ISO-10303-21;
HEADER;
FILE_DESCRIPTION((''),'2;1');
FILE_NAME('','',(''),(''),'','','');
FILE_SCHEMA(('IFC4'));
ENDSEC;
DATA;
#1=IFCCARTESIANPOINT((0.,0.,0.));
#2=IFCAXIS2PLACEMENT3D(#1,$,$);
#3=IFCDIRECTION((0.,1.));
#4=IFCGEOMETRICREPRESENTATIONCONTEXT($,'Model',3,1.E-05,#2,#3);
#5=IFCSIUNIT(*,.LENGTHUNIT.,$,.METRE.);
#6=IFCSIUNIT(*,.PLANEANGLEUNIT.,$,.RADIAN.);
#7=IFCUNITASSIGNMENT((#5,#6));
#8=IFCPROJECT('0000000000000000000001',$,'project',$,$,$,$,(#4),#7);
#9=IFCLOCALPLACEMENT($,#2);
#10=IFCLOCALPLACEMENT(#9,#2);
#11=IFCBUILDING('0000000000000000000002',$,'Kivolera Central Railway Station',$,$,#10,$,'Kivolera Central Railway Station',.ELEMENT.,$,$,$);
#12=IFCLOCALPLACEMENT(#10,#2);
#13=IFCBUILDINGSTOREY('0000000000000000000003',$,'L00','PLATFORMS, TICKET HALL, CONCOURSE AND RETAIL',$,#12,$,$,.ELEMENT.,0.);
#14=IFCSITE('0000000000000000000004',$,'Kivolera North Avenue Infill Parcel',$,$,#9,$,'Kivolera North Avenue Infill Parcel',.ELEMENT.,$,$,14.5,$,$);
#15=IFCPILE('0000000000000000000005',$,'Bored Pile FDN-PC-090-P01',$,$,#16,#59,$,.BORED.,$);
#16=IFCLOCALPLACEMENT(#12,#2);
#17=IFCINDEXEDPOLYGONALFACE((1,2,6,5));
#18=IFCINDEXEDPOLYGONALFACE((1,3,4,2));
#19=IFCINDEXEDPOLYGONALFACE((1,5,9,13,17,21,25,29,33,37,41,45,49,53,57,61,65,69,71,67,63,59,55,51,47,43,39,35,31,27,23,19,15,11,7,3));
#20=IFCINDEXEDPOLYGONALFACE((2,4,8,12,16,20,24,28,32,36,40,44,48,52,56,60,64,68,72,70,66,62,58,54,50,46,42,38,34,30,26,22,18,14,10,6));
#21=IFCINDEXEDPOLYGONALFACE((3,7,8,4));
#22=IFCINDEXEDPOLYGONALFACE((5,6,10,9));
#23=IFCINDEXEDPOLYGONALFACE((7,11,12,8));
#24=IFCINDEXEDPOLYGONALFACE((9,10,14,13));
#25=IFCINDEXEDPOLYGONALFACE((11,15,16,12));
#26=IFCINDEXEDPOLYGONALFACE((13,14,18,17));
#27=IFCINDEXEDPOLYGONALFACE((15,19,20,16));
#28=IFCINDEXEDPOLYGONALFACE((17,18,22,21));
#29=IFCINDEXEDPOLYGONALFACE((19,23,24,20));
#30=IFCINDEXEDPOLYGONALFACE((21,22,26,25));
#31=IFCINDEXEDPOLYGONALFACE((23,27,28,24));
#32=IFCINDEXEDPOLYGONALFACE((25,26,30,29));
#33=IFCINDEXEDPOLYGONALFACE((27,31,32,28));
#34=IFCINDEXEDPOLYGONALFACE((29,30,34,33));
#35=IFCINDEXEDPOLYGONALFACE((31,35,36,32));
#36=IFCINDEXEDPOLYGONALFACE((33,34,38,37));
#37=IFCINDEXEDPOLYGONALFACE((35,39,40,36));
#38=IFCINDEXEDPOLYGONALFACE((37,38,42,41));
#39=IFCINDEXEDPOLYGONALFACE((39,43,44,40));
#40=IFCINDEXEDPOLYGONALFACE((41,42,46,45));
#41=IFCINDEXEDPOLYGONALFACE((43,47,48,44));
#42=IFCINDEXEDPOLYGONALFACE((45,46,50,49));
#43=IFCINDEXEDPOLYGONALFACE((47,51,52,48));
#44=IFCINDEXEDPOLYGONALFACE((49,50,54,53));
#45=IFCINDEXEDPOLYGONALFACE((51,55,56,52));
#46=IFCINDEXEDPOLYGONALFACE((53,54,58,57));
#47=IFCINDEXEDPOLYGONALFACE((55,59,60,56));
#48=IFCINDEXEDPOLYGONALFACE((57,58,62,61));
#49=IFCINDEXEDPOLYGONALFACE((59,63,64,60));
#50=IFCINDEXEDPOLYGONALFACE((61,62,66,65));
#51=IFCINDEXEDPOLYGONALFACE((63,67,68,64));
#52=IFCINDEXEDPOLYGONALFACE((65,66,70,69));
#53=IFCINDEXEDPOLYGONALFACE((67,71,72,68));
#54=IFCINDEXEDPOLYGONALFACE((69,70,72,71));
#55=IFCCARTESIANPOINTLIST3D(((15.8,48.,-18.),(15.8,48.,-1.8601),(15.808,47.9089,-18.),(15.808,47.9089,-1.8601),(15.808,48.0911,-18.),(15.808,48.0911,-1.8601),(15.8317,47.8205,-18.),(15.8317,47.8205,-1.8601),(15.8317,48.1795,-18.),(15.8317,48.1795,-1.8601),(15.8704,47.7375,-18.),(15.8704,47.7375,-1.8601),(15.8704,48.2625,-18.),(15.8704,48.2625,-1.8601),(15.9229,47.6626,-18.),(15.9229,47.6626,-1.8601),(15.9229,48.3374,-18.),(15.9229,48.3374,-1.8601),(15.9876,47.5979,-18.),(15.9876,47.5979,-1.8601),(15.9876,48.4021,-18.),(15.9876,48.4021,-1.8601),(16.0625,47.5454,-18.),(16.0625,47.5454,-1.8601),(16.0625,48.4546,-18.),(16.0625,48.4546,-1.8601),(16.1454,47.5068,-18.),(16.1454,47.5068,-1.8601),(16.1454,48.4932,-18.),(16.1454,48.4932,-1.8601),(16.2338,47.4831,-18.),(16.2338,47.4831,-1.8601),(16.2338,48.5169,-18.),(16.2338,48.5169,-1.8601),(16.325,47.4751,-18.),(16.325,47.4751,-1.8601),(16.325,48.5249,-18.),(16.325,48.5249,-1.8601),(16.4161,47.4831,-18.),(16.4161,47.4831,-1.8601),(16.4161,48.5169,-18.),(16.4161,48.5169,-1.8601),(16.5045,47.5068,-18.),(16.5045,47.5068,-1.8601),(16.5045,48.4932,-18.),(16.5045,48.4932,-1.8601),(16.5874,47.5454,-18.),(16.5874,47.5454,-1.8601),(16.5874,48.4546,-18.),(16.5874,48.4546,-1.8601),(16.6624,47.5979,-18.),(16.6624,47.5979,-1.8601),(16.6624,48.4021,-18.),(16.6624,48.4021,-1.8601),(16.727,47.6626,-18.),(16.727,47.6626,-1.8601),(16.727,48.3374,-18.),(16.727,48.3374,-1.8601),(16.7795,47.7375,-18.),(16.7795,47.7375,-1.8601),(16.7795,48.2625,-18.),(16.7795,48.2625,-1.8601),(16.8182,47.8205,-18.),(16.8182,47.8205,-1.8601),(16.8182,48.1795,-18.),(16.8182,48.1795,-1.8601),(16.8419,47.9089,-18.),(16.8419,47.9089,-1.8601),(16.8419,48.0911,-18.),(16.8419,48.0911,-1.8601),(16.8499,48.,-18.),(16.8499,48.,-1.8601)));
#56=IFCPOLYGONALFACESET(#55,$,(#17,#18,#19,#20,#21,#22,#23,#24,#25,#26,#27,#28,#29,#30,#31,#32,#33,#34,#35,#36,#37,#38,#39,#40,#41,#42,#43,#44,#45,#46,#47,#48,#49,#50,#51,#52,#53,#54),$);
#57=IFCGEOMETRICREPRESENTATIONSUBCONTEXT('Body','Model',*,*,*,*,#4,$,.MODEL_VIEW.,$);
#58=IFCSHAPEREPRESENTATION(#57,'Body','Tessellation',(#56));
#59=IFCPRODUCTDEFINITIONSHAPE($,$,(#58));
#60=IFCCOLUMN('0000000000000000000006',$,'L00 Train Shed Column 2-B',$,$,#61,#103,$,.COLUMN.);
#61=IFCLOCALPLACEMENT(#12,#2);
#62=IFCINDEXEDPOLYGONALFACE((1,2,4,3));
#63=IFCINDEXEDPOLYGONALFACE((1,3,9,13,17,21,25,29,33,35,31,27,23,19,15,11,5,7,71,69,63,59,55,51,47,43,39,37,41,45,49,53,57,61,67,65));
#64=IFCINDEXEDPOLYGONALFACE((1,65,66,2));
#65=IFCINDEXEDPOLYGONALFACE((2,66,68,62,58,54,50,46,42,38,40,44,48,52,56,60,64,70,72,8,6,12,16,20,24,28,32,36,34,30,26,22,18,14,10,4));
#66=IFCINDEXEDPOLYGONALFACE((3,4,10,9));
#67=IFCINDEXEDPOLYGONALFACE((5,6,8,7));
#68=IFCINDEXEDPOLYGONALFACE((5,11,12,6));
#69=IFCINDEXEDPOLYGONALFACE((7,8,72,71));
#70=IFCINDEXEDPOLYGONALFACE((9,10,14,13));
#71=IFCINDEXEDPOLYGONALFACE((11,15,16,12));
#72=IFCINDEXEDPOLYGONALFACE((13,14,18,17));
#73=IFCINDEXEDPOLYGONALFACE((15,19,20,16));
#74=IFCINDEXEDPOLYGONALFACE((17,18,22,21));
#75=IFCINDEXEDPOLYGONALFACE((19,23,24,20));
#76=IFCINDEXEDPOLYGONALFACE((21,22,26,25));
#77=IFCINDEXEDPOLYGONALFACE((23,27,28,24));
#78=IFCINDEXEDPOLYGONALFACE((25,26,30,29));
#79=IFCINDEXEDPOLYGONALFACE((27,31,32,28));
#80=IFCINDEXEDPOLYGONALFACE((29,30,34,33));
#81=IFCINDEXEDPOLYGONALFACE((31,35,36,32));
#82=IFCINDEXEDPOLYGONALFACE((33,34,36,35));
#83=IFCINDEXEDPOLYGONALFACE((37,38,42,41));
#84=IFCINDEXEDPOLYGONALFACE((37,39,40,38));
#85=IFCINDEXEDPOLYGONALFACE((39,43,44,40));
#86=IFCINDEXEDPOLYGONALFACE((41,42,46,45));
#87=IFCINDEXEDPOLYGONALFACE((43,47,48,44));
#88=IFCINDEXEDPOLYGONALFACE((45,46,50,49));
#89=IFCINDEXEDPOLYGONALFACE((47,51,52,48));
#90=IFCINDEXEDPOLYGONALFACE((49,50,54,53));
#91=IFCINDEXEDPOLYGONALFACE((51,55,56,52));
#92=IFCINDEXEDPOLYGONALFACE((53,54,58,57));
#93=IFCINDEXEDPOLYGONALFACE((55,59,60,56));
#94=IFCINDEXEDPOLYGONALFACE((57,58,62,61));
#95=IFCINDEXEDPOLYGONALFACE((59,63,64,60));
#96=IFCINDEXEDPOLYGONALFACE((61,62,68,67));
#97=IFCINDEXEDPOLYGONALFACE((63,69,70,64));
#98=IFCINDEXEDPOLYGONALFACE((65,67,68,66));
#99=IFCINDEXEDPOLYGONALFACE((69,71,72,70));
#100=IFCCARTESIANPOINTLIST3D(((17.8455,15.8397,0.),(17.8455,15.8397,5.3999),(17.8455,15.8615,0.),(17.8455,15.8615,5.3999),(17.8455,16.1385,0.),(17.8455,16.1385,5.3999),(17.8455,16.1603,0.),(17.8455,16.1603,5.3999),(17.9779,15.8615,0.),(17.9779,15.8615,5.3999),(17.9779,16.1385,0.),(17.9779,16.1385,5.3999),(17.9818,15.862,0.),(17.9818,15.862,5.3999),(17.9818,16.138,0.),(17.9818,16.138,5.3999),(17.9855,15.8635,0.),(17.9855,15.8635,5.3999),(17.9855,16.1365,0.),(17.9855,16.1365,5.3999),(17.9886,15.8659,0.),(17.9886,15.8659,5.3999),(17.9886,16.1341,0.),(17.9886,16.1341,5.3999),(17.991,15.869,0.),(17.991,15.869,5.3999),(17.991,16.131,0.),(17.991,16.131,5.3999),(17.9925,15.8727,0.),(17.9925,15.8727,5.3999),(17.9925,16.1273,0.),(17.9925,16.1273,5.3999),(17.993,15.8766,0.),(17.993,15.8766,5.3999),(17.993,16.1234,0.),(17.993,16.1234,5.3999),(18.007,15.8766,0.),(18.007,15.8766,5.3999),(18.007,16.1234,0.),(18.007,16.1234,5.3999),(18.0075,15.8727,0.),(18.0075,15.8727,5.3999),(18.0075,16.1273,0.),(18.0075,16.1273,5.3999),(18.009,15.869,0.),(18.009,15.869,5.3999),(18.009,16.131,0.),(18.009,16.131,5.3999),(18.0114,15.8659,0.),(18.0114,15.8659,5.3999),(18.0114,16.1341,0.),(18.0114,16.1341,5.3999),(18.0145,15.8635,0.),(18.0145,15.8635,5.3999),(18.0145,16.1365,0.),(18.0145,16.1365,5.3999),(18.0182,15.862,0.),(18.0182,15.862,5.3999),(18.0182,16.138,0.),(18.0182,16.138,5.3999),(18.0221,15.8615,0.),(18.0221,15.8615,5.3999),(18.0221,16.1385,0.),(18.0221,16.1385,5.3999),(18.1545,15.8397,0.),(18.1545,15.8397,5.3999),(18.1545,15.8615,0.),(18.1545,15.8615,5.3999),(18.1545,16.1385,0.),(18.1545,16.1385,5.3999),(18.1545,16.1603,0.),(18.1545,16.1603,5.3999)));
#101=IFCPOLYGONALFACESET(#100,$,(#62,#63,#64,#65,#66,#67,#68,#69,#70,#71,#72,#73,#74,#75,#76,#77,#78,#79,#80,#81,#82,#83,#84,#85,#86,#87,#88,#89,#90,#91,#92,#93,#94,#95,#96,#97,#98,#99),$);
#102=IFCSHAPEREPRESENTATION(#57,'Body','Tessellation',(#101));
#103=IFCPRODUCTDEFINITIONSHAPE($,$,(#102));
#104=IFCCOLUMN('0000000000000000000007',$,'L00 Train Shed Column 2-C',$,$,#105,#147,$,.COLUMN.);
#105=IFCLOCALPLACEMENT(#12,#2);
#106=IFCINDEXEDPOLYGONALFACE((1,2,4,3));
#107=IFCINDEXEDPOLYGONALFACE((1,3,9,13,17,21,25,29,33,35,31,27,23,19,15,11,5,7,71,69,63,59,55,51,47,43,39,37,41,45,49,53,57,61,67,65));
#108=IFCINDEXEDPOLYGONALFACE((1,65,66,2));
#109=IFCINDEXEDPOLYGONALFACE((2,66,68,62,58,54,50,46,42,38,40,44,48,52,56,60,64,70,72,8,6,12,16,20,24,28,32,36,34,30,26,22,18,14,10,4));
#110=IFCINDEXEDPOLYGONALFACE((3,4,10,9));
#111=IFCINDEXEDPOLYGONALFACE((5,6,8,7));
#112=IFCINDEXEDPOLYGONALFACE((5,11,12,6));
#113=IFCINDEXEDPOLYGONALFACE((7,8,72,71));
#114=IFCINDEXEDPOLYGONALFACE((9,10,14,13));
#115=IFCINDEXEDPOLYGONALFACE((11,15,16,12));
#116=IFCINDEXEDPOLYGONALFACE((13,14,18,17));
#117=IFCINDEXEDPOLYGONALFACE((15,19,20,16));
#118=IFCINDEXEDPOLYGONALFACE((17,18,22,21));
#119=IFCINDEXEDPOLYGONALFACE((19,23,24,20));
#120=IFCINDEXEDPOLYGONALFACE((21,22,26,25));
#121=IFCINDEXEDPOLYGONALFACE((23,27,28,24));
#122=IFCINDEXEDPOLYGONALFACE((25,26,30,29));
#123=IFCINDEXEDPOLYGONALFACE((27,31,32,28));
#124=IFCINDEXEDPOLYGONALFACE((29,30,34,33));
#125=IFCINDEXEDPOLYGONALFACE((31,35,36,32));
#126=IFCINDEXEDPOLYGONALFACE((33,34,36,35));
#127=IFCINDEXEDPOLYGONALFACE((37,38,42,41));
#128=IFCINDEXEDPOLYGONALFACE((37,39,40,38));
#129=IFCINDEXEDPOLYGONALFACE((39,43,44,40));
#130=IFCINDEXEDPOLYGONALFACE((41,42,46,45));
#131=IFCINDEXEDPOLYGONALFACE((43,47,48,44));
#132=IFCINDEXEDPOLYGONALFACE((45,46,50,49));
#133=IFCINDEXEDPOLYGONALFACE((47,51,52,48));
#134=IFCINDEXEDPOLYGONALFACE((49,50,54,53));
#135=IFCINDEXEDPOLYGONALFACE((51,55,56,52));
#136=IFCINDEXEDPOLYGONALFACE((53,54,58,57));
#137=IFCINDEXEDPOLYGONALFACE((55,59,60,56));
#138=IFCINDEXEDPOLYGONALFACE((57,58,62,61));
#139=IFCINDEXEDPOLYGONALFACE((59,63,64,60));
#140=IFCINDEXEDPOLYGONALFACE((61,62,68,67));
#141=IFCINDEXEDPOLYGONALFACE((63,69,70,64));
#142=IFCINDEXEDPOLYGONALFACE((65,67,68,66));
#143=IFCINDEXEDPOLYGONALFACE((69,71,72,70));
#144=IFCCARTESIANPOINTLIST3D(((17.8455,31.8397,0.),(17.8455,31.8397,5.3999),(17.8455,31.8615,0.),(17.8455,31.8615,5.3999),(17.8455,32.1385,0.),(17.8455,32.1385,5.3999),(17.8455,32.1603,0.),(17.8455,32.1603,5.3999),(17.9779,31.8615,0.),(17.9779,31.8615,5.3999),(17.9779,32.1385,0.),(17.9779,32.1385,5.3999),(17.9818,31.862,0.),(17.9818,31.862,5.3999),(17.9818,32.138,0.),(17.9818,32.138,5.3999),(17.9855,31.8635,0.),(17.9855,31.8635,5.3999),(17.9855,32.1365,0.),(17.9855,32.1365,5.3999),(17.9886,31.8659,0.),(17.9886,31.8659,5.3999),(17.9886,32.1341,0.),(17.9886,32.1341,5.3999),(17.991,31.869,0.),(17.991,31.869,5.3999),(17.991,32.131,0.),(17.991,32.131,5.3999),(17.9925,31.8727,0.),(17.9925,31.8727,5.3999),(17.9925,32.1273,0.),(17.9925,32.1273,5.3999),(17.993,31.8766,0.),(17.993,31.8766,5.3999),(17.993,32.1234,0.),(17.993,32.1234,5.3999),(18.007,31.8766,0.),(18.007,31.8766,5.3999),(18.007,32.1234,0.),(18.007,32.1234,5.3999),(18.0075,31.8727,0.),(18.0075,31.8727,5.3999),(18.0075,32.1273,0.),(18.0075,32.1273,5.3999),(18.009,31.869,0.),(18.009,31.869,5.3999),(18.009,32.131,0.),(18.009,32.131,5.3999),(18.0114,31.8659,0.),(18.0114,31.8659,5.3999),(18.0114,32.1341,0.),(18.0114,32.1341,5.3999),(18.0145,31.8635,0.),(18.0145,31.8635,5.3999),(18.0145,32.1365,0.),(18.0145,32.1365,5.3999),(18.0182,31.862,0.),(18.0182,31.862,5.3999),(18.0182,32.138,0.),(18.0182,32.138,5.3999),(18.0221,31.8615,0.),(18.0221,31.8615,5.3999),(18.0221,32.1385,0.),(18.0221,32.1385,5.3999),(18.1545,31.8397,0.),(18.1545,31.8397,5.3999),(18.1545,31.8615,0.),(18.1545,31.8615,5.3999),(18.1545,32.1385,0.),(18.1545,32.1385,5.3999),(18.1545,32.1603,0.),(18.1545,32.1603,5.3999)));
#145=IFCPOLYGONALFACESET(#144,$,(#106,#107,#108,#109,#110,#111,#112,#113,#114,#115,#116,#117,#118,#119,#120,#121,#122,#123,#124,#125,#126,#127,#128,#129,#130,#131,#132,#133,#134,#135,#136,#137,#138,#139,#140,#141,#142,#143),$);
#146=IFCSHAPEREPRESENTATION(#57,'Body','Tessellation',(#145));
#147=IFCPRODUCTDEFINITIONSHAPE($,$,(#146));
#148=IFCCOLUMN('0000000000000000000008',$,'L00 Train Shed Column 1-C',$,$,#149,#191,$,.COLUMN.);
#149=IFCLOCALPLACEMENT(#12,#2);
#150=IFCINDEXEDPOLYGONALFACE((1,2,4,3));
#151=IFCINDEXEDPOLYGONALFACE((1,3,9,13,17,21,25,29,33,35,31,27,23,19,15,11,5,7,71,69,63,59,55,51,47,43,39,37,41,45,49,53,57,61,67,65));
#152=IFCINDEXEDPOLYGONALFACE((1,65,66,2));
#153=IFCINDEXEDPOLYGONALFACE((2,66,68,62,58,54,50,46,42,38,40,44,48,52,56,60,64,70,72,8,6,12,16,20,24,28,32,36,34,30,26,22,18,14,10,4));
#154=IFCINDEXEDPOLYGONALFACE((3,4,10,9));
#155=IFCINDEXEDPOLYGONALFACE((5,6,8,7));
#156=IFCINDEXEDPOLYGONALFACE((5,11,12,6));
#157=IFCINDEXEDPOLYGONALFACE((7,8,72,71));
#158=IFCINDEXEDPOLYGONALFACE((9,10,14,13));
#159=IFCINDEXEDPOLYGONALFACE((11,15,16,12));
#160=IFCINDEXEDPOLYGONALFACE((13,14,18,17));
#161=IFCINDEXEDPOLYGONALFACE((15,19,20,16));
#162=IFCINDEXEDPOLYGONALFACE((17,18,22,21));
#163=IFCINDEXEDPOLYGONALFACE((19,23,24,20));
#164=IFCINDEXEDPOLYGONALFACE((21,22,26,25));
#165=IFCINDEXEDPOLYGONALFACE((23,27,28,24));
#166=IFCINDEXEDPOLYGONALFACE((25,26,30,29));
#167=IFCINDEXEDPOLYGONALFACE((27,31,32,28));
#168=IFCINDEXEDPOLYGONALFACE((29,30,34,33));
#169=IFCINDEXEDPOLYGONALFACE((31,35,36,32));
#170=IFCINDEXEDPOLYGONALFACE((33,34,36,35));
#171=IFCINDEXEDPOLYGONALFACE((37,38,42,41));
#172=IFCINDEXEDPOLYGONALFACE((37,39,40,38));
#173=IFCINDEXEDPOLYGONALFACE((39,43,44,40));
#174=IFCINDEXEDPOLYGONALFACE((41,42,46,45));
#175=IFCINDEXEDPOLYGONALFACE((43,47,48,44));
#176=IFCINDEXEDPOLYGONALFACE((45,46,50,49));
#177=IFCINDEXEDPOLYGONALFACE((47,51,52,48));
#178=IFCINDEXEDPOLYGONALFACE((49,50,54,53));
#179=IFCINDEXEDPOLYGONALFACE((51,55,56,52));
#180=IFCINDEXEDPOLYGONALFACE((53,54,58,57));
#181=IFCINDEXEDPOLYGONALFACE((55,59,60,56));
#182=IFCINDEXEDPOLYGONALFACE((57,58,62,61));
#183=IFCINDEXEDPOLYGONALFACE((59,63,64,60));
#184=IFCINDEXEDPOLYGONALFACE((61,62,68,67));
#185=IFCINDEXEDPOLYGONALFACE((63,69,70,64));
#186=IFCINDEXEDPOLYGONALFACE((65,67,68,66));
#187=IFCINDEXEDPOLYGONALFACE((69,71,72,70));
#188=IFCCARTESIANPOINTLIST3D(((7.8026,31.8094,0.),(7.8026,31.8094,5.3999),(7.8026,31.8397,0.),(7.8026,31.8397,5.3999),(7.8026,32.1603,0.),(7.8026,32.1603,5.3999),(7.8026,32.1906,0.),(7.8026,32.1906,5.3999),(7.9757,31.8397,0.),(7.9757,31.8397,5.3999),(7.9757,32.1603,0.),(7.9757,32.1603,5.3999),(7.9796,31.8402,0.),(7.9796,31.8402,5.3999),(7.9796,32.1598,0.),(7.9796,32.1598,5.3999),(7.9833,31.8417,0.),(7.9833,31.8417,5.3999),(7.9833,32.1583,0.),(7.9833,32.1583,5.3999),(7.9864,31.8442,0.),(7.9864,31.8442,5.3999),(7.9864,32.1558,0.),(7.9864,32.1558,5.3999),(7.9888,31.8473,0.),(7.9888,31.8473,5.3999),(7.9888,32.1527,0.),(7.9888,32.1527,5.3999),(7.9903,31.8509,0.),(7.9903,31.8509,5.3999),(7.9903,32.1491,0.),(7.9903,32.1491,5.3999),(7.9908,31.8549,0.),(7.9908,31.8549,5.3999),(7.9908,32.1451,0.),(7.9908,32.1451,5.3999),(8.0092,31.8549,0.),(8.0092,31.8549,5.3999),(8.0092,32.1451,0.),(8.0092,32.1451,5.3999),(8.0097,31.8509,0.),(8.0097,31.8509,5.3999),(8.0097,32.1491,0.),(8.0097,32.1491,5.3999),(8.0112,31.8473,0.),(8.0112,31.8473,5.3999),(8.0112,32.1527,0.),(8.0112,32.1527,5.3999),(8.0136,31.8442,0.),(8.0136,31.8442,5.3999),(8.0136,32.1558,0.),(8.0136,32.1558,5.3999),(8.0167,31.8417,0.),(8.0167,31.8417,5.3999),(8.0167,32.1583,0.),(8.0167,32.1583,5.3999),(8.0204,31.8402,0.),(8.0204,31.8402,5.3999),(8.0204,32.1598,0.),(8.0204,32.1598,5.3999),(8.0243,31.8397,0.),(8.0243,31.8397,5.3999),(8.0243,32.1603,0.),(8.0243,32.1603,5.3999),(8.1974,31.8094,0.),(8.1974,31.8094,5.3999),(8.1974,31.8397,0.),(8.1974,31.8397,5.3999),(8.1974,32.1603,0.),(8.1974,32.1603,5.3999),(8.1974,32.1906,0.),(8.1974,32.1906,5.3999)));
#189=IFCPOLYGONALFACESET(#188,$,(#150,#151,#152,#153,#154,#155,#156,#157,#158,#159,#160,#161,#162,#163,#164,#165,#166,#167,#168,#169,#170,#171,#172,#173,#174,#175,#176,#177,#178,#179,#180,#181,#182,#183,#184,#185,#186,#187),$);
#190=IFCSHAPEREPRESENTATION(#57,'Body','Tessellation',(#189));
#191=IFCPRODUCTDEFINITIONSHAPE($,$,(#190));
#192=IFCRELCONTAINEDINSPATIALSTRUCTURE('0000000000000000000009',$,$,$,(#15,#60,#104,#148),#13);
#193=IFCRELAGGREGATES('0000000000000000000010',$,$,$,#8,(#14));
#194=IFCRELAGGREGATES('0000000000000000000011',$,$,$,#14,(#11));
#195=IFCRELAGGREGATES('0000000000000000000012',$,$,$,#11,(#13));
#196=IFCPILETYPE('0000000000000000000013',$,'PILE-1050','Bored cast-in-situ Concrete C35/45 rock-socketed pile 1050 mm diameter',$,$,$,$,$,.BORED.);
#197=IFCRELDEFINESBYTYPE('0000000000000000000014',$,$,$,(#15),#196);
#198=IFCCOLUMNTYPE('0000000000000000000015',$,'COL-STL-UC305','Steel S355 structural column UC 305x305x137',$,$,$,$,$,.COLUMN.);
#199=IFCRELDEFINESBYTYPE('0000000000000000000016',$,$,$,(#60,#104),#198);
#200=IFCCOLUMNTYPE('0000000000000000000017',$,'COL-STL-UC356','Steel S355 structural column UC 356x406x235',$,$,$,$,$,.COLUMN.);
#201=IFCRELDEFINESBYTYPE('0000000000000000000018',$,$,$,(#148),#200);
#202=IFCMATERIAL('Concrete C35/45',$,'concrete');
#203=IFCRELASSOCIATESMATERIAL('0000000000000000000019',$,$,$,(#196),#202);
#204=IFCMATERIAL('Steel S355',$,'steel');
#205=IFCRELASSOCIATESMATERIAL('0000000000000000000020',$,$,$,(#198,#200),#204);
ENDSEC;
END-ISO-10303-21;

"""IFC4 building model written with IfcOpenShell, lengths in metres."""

from ifc_helpers import new_model, si_unit, direction, frame, origin, origin_2d, place, context, subcontext, project, spatial, circle, i_section, extrude, material, material_profile, profile_set, type_object, element, save


model = new_model("IFC4")

# Units and contexts
model_context = context("Model", 3, precision=1e-05, world=origin(), true_north=direction((0.0, 1.0)))
body_context = subcontext(model_context, "Body", "Model", "MODEL_VIEW")
ifc_project = project(units=[si_unit("LENGTHUNIT", "METRE"), si_unit("PLANEANGLEUNIT", "RADIAN")], contexts=[model_context])

# Site, building, storey
site_placement = place(None, origin())
site = spatial("IfcSite", under=ifc_project, at=site_placement, Name="Kivolera North Avenue Infill Parcel", LongName="Kivolera North Avenue Infill Parcel", CompositionType="ELEMENT", RefElevation=14.5)
building_placement = place(site_placement, origin())
building = spatial("IfcBuilding", under=site, at=building_placement, Name="Kivolera Central Railway Station", LongName="Kivolera Central Railway Station", CompositionType="ELEMENT")
storey_placement = place(building_placement, origin())
storey = spatial("IfcBuildingStorey", under=building, at=storey_placement, Name="L00", Description="PLATFORMS, TICKET HALL, CONCOURSE AND RETAIL", CompositionType="ELEMENT", Elevation=0.0)

# Shared definitions
ifc_material_1 = material(Name="Concrete C35/45", Category="concrete")

# Pile
ifc_material_profile_1 = material_profile(ifc_material_1, circle(Radius=0.5249, at=origin_2d()), Name="PILE D1050")
ifc_profile_set_1 = profile_set([ifc_material_profile_1], Name="Concrete C35/45")
pile_type = type_object("IfcPileType", Name="PILE-1050", Description="Bored cast-in-situ Concrete C35/45 rock-socketed pile 1050 mm diameter", PredefinedType="BORED", material=ifc_profile_set_1)
for number, where, z_axis, x_axis, name in (
    (1, (16.325, 48.0, -1.8601), (0.0, 0.0, -1.0), (1.0, 0.0, 0.0), "Bored Pile FDN-PC-090-P01"),
):
    element("IfcPile", number, at=place(storey_placement, frame(where, z_axis=z_axis, x_axis=x_axis)), inside=storey, type_object=pile_type, Name=name, PredefinedType="BORED", context=body_context, shape_type="SweptSolid", body=[
        extrude(circle(Radius=0.5249, at=origin_2d()), origin(), (0.0, 0.0, 1.0), 16.1399),
    ])

# Columns
ifc_material_2 = material(Name="Steel S355", Category="steel")
ifc_material_profile_2 = material_profile(ifc_material_2, i_section(OverallWidth=0.3091, OverallDepth=0.3206, WebThickness=0.0139, FlangeThickness=0.0217, FilletRadius=0.0151, at=origin_2d()), Name="UC 305x305x137")
ifc_profile_set_2 = profile_set([ifc_material_profile_2], Name="Steel S355")
column_type_1 = type_object("IfcColumnType", Name="COL-STL-UC305", Description="Steel S355 structural column UC 305x305x137", PredefinedType="COLUMN", material=ifc_profile_set_2)
for number, where, z_axis, x_axis, name in (
    (2, (18.0, 16.0, 0.0), (0.0, 0.0, 1.0), (1.0, 0.0, 0.0), "L00 Train Shed Column 2-B"),
    (3, (18.0, 32.0, 0.0), (0.0, 0.0, 1.0), (1.0, 0.0, 0.0), "L00 Train Shed Column 2-C"),
):
    element("IfcColumn", number, at=place(storey_placement, frame(where, z_axis=z_axis, x_axis=x_axis)), inside=storey, type_object=column_type_1, Name=name, PredefinedType="COLUMN", context=body_context, shape_type="SweptSolid", body=[
        extrude(i_section(OverallWidth=0.3091, OverallDepth=0.3206, WebThickness=0.0139, FlangeThickness=0.0217, FilletRadius=0.0151, at=origin_2d()), origin(), (0.0, 0.0, 1.0), 5.3999),
    ])
ifc_material_profile_3 = material_profile(ifc_material_2, i_section(OverallWidth=0.3948, OverallDepth=0.3811, WebThickness=0.0183, FlangeThickness=0.0303, FilletRadius=0.0151, at=origin_2d()), Name="UC 356x406x235")
ifc_profile_set_3 = profile_set([ifc_material_profile_3], Name="Steel S355")
column_type_2 = type_object("IfcColumnType", Name="COL-STL-UC356", Description="Steel S355 structural column UC 356x406x235", PredefinedType="COLUMN", material=ifc_profile_set_3)
for number, where, z_axis, x_axis, name in (
    (4, (8.0, 32.0, 0.0), (0.0, 0.0, 1.0), (1.0, 0.0, 0.0), "L00 Train Shed Column 1-C"),
):
    element("IfcColumn", number, at=place(storey_placement, frame(where, z_axis=z_axis, x_axis=x_axis)), inside=storey, type_object=column_type_2, Name=name, PredefinedType="COLUMN", context=body_context, shape_type="SweptSolid", body=[
        extrude(i_section(OverallWidth=0.3948, OverallDepth=0.3811, WebThickness=0.0183, FlangeThickness=0.0303, FilletRadius=0.0151, at=origin_2d()), origin(), (0.0, 0.0, 1.0), 5.3999),
    ])

save(model, "model.ifc")
